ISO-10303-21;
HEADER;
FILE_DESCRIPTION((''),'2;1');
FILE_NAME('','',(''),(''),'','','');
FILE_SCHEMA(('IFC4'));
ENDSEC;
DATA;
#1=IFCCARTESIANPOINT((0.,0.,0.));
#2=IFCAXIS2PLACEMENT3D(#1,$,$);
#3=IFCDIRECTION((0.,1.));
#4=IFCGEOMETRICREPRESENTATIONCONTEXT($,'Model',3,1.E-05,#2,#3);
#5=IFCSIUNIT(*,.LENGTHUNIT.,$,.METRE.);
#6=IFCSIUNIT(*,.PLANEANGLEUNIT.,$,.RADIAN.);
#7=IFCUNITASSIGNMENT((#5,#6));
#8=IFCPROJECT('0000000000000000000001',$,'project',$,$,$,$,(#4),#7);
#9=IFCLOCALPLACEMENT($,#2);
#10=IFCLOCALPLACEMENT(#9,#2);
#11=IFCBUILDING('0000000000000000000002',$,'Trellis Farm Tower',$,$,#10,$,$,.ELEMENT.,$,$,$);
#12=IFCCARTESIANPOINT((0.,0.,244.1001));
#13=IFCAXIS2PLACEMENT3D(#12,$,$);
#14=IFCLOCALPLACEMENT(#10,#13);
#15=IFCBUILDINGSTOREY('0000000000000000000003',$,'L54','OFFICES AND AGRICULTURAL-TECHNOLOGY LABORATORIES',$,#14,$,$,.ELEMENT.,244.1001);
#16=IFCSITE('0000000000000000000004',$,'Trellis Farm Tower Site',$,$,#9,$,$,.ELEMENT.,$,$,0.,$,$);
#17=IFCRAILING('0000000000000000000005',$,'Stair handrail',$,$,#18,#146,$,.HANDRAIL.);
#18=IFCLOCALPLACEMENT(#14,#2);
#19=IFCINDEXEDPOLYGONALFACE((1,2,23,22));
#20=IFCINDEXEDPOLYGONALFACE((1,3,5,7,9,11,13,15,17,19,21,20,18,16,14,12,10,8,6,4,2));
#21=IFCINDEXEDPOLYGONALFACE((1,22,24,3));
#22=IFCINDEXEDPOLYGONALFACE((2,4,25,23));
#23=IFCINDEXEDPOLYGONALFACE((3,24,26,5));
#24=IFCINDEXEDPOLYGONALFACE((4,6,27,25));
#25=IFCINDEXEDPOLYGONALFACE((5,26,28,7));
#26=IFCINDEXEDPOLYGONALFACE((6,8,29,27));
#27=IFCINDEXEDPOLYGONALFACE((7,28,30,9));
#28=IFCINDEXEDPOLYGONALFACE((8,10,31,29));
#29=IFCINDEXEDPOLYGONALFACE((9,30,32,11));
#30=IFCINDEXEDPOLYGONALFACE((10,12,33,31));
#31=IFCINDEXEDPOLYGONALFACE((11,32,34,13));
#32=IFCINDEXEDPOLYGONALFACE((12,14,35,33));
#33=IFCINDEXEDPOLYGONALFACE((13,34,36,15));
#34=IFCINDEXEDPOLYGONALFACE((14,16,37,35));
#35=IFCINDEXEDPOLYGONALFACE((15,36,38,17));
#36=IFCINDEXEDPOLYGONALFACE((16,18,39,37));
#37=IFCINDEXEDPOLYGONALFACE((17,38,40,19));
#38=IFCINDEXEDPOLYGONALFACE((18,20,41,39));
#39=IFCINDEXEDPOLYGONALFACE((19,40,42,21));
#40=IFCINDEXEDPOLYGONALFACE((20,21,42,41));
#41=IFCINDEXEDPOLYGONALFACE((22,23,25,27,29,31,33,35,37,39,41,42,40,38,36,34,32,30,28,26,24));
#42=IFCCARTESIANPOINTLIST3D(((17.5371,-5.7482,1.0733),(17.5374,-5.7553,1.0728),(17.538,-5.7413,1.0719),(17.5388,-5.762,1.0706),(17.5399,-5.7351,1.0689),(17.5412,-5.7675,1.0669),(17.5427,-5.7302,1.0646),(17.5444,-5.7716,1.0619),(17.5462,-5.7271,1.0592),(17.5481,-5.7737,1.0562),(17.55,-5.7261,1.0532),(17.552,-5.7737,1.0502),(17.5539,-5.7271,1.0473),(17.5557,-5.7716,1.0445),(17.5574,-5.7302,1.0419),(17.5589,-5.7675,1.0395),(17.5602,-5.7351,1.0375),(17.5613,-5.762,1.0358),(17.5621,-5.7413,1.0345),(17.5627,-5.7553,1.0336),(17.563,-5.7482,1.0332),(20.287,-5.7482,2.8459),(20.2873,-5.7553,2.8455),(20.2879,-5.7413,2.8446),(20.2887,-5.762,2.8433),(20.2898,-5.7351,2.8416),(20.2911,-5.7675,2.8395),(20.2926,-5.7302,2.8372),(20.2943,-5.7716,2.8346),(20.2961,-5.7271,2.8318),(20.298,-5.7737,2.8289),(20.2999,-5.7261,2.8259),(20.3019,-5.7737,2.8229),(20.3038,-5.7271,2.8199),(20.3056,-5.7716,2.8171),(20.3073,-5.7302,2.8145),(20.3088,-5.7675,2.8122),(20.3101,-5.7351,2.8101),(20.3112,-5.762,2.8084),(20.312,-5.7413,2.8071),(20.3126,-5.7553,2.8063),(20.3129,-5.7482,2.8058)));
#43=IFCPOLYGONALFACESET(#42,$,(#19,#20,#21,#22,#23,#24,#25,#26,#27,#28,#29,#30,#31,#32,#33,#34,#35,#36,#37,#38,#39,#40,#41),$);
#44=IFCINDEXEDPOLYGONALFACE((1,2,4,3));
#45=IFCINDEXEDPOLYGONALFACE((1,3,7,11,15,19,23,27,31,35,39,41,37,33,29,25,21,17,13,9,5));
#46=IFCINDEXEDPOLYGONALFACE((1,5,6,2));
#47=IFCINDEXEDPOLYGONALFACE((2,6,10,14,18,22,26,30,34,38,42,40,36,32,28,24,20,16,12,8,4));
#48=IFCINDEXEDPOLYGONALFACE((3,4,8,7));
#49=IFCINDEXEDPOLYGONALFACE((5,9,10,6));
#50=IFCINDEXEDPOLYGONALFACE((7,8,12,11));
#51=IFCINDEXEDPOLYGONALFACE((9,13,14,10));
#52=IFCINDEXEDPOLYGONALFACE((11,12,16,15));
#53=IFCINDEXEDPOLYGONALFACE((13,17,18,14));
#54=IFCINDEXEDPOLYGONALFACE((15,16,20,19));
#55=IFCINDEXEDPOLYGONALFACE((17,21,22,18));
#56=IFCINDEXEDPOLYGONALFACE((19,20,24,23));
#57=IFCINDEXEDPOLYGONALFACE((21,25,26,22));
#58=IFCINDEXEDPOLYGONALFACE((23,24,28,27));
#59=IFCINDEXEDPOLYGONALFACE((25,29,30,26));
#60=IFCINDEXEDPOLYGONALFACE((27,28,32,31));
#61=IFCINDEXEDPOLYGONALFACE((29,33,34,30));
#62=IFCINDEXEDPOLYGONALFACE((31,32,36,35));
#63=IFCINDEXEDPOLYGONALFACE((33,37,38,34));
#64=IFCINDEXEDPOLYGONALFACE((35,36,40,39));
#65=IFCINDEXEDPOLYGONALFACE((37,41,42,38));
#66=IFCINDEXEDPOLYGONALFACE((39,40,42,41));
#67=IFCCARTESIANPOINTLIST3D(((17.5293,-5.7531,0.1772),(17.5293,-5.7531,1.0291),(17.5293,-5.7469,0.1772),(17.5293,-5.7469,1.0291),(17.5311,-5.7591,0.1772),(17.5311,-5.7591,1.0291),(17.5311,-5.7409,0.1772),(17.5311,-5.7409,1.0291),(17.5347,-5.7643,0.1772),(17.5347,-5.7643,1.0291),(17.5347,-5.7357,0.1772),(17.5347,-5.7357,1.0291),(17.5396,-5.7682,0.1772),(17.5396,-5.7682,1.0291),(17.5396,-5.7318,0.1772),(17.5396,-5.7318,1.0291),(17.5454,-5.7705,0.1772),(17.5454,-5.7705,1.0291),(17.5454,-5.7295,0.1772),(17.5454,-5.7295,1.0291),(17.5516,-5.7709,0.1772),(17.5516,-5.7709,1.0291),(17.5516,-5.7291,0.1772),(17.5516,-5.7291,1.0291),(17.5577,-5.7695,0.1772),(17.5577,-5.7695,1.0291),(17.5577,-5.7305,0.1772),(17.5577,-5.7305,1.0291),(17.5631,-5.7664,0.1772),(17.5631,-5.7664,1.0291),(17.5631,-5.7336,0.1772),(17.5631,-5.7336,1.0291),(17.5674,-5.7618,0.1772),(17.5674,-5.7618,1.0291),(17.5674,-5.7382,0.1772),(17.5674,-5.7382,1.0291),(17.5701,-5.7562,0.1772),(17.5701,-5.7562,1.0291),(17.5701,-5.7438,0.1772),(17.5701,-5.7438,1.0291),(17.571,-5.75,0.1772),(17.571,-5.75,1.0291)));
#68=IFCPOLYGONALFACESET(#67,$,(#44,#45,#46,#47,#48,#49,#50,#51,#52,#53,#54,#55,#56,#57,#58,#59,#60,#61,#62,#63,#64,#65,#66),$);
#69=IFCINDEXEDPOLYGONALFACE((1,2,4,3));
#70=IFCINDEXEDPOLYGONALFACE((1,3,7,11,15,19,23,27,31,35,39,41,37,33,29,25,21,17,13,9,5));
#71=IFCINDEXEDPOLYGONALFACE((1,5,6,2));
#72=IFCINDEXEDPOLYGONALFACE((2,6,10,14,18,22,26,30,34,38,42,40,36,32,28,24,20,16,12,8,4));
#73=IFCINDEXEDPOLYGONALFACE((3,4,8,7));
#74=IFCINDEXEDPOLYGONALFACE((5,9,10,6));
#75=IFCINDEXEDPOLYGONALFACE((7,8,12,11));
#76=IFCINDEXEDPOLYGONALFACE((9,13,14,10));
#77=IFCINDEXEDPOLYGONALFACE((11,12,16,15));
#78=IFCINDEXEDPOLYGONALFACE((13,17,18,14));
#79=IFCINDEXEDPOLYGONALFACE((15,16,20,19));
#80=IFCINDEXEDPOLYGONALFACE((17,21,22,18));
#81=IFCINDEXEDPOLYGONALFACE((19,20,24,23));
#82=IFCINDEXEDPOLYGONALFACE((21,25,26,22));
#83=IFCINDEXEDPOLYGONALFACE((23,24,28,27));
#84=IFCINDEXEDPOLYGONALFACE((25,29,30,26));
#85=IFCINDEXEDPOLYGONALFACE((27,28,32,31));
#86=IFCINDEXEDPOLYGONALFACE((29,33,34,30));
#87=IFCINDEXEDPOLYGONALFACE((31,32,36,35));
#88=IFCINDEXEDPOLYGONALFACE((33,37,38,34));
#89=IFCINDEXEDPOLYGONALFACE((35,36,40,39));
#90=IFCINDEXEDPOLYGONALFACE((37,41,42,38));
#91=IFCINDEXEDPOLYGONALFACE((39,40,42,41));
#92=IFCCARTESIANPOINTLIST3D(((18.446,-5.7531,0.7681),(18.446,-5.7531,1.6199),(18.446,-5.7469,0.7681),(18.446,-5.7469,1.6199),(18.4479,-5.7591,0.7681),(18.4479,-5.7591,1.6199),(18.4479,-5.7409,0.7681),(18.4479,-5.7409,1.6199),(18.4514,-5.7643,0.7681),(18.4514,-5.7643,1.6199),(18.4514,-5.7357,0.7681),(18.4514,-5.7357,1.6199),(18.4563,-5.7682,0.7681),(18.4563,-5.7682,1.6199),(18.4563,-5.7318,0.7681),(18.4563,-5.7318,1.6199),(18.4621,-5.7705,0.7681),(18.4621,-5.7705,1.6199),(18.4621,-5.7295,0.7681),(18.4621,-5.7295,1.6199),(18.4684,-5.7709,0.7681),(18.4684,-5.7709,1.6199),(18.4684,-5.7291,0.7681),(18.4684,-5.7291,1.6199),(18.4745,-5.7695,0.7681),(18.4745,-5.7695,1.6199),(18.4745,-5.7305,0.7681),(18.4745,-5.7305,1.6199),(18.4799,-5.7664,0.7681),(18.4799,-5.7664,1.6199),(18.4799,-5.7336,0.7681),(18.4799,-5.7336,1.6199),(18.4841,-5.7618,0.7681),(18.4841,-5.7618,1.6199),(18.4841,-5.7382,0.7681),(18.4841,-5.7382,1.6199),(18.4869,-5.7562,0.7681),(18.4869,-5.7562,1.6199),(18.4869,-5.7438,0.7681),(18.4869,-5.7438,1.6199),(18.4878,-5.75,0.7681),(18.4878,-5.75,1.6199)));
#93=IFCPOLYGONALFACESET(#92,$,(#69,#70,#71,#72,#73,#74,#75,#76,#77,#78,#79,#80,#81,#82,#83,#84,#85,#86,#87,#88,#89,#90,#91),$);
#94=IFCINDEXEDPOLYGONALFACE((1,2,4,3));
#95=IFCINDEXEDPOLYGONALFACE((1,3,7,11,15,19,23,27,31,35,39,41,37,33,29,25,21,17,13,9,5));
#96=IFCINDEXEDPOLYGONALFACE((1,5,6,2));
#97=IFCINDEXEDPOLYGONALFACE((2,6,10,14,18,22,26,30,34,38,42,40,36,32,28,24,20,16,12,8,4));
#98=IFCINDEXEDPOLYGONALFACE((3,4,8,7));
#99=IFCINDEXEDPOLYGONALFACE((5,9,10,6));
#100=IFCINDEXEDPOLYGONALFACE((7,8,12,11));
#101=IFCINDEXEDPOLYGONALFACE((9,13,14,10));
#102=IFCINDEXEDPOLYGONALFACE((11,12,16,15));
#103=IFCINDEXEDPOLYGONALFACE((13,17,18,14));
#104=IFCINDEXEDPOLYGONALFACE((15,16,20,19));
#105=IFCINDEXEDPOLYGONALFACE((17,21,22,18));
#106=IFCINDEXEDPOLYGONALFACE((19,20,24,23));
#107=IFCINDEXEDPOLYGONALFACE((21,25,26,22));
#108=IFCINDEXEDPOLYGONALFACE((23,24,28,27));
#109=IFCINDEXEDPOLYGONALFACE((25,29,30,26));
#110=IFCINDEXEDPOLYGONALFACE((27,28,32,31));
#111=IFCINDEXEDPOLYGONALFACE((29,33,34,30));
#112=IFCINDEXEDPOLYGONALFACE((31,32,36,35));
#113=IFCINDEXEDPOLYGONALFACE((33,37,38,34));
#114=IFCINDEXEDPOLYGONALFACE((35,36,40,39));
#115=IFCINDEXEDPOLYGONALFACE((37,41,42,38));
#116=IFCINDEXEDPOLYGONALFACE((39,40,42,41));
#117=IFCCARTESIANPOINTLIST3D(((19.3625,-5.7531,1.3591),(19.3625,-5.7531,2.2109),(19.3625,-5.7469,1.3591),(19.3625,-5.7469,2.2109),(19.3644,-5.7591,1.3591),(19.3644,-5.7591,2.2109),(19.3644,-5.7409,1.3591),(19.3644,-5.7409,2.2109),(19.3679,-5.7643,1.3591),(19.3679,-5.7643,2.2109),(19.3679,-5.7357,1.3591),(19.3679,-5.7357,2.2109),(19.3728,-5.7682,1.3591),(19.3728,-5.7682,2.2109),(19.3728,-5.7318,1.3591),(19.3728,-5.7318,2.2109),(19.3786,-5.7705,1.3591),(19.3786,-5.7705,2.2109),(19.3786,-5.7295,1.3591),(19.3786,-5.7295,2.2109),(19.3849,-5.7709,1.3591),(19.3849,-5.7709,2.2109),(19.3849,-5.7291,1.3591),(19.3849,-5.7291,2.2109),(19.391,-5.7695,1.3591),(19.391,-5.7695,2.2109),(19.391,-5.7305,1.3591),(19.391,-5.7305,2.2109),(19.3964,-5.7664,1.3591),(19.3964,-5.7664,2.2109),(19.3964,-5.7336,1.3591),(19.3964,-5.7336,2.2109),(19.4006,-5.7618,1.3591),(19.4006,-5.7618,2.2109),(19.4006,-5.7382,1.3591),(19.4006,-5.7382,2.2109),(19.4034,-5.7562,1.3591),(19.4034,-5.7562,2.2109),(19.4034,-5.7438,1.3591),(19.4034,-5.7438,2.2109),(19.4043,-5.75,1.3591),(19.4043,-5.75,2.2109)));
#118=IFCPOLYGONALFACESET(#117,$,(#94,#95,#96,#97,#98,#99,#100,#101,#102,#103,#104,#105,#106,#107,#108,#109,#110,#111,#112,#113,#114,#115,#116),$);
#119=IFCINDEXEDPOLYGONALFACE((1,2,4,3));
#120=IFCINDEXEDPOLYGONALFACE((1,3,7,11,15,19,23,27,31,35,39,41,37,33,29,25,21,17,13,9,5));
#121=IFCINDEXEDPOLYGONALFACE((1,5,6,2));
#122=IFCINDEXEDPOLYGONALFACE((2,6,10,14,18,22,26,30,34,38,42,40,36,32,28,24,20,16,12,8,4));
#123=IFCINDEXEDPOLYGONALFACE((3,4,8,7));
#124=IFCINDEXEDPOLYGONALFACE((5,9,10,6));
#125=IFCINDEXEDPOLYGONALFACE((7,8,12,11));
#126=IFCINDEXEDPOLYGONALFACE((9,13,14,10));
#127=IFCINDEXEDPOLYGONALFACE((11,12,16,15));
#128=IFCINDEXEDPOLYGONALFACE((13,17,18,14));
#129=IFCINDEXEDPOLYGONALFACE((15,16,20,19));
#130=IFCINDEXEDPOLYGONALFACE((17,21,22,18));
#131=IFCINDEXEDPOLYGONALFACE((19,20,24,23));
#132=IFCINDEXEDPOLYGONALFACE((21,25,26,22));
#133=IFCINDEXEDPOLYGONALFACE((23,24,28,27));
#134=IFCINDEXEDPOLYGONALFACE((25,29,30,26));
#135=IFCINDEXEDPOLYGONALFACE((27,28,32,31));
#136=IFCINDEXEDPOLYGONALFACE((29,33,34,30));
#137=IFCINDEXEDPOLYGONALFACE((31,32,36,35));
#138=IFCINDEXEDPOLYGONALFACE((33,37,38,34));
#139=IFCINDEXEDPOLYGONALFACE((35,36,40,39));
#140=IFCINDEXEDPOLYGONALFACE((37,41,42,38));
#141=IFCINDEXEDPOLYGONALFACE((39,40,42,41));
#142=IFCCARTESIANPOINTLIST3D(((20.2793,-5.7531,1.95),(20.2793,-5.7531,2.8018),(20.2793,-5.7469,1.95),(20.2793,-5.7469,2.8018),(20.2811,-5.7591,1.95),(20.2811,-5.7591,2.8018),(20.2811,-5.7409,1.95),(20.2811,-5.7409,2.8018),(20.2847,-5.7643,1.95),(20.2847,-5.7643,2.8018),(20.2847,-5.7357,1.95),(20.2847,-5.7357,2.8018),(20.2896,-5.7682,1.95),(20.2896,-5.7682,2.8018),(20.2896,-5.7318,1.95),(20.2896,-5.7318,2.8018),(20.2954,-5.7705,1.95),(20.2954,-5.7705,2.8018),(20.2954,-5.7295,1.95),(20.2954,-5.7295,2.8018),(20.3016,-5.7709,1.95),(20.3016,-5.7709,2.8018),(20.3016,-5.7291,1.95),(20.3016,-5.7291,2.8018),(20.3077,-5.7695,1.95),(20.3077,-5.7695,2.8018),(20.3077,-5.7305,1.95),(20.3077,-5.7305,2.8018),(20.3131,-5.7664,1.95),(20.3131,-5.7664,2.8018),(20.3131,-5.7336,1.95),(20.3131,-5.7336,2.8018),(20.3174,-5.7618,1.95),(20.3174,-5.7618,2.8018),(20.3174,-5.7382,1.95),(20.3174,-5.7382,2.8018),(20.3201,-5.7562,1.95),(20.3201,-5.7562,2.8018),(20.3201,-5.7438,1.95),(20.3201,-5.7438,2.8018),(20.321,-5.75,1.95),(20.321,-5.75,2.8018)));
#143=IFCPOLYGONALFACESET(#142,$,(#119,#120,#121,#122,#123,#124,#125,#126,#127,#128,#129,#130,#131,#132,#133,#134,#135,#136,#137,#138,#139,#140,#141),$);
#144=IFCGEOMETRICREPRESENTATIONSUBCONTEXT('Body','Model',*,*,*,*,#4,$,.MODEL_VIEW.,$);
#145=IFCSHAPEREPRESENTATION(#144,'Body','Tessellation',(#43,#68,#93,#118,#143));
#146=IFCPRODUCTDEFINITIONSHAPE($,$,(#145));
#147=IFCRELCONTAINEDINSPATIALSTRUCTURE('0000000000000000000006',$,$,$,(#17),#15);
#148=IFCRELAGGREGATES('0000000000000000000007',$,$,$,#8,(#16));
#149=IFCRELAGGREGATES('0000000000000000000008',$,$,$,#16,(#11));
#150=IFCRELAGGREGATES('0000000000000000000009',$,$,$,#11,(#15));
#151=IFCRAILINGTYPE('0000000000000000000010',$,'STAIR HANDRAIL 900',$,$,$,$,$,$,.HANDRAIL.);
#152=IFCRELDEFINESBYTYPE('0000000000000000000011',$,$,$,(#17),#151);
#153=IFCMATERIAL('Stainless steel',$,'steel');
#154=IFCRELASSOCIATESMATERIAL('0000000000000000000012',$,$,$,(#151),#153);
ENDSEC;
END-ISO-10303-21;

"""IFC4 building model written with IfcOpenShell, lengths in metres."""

from ifc_helpers import new_model, si_unit, direction, frame, origin, origin_2d, place, context, subcontext, project, spatial, circle, extrude, source, transform, mapped, material, type_object, element, save


model = new_model("IFC4")

# Units and contexts
model_context = context("Model", 3, precision=1e-05, world=origin(), true_north=direction((0.0, 1.0)))
body_context = subcontext(model_context, "Body", "Model", "MODEL_VIEW")
ifc_project = project(units=[si_unit("LENGTHUNIT", "METRE"), si_unit("PLANEANGLEUNIT", "RADIAN")], contexts=[model_context])

# Site, building, storey
site_placement = place(None, origin())
site = spatial("IfcSite", under=ifc_project, at=site_placement, Name="Trellis Farm Tower Site", CompositionType="ELEMENT", RefElevation=0.0)
building_placement = place(site_placement, origin())
building = spatial("IfcBuilding", under=site, at=building_placement, Name="Trellis Farm Tower", CompositionType="ELEMENT")
storey_placement = place(building_placement, frame((0.0, 0.0, 244.1001)))
storey = spatial("IfcBuildingStorey", under=building, at=storey_placement, Name="L54", Description="OFFICES AND AGRICULTURAL-TECHNOLOGY LABORATORIES", CompositionType="ELEMENT", Elevation=244.1001)

# Railing
ifc_material_1 = material(Name="Stainless steel", Category="steel")
railing_type = type_object("IfcRailingType", Name="STAIR HANDRAIL 900", PredefinedType="HANDRAIL", material=ifc_material_1)
shared_shape_1 = source(origin(), body_context, "Body", "SweptSolid", [
    extrude(circle(Radius=0.0239, at=origin_2d()), frame((0.0, 0.0, 0.876), z_axis=(0.840504, 0.0, 0.541806), x_axis=(0.0, 1.0, 0.0)), (0.0, 0.0, 1.0), 3.2717),
    extrude(circle(Radius=0.021, at=origin_2d()), origin(), (0.0, 0.0, 1.0), 0.8518),
    extrude(circle(Radius=0.021, at=origin_2d()), frame((0.9167, 0.0, 0.5908)), (0.0, 0.0, 1.0), 0.8518),
    extrude(circle(Radius=0.021, at=origin_2d()), frame((1.8333, 0.0, 1.1819)), (0.0, 0.0, 1.0), 0.8518),
    extrude(circle(Radius=0.021, at=origin_2d()), frame((2.75, 0.0, 1.7727)), (0.0, 0.0, 1.0), 0.8518),
])
for number, where, name in (
    (1, (17.55, -5.75, 0.1772), "Stair handrail"),
):
    element("IfcRailing", number, at=place(storey_placement, frame(where)), inside=storey, type_object=railing_type, Name=name, PredefinedType="HANDRAIL", context=body_context, shape_type="MappedRepresentation", body=[
        mapped(shared_shape_1, transform((0.0, 0.0, 0.0))),
    ])

save(model, "model.ifc")
